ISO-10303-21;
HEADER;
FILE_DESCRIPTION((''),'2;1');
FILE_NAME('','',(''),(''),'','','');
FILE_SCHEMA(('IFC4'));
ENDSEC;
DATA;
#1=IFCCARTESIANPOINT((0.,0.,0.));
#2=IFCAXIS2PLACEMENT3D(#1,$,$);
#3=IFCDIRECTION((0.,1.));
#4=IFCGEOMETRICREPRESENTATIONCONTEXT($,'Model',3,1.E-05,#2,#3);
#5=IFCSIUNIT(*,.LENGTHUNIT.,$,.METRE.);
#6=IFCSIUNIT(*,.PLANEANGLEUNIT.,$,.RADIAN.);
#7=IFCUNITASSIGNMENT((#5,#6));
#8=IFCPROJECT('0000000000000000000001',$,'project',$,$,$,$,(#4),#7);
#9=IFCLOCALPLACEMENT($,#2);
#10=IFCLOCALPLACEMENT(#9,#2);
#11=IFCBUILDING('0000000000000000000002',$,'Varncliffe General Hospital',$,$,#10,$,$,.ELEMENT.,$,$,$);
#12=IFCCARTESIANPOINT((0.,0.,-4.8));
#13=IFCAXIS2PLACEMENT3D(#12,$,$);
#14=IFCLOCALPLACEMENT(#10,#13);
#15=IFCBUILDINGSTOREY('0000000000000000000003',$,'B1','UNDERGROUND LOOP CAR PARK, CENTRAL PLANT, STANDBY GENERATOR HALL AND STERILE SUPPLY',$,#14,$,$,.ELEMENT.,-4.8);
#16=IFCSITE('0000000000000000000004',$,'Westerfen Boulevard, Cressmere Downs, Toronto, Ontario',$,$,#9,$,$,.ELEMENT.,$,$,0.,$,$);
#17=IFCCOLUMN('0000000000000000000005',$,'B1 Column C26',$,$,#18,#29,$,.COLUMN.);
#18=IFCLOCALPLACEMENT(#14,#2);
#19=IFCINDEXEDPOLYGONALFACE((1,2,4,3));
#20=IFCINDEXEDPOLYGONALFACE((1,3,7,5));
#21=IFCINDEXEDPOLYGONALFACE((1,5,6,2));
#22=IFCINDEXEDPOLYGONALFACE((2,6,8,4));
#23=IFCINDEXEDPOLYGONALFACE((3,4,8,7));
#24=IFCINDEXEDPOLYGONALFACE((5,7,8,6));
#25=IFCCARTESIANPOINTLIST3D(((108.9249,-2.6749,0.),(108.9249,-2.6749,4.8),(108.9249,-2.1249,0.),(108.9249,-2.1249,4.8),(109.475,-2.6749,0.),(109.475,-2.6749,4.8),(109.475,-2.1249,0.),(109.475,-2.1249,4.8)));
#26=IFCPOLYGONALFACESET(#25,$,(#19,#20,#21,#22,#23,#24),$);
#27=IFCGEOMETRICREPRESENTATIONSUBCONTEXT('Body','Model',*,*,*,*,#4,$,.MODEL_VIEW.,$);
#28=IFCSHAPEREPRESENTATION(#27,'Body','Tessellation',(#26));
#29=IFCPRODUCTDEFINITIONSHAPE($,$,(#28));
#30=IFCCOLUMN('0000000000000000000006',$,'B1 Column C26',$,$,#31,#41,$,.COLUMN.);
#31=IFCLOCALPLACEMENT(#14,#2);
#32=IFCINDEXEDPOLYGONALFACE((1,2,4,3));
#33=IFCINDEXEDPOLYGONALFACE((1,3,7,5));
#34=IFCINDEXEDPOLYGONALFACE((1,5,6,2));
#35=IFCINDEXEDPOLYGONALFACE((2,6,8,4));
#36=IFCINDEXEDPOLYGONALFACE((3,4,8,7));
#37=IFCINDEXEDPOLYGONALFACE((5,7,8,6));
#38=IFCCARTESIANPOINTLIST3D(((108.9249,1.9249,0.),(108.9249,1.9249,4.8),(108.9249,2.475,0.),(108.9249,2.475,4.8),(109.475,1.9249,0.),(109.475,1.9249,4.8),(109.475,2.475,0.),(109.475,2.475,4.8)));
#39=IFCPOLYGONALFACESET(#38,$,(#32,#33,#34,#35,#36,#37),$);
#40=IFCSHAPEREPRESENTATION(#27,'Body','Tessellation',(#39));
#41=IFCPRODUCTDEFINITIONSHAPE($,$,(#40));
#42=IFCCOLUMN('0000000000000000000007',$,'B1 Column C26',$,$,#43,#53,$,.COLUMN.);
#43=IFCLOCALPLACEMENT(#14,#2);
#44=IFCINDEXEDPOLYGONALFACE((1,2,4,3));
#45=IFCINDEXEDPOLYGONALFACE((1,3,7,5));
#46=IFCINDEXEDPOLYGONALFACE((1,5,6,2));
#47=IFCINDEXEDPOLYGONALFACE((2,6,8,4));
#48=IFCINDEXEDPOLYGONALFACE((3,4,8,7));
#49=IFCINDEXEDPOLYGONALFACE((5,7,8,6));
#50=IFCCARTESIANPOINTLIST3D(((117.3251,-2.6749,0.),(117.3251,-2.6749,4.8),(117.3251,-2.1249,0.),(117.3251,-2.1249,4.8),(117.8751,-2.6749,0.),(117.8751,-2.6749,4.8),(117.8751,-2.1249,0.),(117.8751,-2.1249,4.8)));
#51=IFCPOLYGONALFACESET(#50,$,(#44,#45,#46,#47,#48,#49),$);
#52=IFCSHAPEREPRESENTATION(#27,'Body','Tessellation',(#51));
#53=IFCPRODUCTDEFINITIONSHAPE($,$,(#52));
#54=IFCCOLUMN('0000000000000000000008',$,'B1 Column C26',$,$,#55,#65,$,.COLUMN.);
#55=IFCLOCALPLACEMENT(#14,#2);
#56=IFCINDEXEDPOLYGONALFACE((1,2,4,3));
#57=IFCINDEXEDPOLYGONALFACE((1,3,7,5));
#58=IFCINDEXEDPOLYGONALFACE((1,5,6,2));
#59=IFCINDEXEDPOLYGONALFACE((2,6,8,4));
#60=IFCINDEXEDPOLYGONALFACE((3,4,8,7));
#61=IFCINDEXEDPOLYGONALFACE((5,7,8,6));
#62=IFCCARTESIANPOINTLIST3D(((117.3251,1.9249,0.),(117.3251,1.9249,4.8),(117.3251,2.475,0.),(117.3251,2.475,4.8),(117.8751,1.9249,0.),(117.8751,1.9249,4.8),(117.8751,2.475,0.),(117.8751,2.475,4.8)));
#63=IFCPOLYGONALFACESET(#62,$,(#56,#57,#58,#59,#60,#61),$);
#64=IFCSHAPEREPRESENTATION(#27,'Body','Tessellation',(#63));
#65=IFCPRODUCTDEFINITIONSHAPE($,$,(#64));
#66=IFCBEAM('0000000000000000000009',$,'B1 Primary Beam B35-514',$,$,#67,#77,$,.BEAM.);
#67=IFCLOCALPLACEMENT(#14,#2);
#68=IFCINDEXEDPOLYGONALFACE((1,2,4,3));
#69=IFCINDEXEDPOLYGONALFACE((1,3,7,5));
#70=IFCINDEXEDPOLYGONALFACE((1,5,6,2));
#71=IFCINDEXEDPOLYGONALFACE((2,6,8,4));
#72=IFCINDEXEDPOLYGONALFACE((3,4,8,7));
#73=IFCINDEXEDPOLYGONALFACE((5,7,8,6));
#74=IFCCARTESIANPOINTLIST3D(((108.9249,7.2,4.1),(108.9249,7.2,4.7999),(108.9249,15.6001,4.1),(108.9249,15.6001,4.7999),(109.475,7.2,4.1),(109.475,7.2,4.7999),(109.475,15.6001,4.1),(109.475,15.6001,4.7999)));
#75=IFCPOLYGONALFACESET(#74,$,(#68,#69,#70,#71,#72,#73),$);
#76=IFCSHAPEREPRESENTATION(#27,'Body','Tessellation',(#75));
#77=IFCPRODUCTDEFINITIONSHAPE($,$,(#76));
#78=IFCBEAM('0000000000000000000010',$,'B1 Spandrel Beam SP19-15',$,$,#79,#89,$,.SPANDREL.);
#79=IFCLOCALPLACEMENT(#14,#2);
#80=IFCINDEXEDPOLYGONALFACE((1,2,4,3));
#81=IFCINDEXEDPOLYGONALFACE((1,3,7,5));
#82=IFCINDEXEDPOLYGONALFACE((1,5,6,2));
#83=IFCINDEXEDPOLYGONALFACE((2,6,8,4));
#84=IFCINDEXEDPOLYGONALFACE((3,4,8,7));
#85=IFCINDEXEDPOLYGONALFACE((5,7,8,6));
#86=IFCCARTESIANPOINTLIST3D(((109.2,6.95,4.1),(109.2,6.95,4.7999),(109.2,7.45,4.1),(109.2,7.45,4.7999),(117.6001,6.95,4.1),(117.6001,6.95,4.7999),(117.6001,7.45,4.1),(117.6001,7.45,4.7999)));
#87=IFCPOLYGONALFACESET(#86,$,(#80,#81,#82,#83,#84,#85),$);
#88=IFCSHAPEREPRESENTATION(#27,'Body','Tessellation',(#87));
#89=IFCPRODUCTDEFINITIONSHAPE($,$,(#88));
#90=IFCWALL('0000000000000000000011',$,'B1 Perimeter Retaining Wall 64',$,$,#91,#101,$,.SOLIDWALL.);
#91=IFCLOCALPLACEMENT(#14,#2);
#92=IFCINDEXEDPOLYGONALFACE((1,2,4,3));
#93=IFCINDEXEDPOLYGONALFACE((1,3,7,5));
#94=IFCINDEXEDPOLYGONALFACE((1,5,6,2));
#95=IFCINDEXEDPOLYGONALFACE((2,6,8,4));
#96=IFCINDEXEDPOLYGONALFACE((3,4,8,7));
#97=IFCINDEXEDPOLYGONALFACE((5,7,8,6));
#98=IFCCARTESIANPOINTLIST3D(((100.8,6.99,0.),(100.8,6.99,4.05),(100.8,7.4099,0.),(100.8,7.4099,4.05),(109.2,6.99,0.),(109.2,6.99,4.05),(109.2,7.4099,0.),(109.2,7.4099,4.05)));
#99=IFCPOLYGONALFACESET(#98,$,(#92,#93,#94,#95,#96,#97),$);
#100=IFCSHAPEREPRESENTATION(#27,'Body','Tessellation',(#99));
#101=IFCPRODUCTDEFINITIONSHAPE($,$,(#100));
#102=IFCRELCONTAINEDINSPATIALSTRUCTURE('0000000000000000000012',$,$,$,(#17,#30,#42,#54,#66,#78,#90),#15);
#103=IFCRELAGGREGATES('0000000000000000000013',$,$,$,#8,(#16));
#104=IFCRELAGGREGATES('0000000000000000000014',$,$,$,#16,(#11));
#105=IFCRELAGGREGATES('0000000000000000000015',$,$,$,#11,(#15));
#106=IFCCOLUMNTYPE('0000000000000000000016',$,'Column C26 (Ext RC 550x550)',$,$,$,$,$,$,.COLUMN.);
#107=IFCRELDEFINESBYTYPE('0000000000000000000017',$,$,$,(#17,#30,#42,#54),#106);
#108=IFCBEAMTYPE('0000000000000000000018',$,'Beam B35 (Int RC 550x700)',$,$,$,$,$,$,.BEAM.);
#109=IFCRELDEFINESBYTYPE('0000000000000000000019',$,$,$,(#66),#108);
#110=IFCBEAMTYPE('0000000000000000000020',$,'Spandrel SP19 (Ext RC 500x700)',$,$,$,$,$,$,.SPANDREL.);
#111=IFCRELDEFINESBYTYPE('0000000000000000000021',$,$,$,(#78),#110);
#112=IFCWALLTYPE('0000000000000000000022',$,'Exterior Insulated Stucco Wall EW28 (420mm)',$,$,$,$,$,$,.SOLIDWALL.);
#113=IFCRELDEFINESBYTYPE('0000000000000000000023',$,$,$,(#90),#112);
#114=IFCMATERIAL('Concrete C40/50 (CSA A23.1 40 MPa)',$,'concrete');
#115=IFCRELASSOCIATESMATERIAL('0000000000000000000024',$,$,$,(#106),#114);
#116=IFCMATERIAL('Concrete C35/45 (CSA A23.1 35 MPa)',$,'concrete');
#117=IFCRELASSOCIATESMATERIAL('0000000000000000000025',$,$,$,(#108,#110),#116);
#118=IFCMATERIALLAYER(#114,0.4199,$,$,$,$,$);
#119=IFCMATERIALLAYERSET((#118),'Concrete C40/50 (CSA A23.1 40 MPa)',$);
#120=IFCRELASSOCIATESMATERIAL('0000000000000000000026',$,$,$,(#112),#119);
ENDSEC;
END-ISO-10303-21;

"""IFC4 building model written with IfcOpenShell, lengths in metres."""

from ifc_helpers import new_model, si_unit, direction, frame, frame_2d, origin, origin_2d, place, context, subcontext, project, spatial, rectangle, extrude, material, layer, layer_set, material_profile, profile_set, type_object, element, save


model = new_model("IFC4")

# Units and contexts
model_context = context("Model", 3, precision=1e-05, world=origin(), true_north=direction((0.0, 1.0)))
body_context = subcontext(model_context, "Body", "Model", "MODEL_VIEW")
ifc_project = project(units=[si_unit("LENGTHUNIT", "METRE"), si_unit("PLANEANGLEUNIT", "RADIAN")], contexts=[model_context])

# Site, building, storey
site_placement = place(None, origin())
site = spatial("IfcSite", under=ifc_project, at=site_placement, Name="Westerfen Boulevard, Cressmere Downs, Toronto, Ontario", CompositionType="ELEMENT", RefElevation=0.0)
building_placement = place(site_placement, origin())
building = spatial("IfcBuilding", under=site, at=building_placement, Name="Varncliffe General Hospital", CompositionType="ELEMENT")
storey_placement = place(building_placement, frame((0.0, 0.0, -4.8)))
storey = spatial("IfcBuildingStorey", under=building, at=storey_placement, Name="B1", Description="UNDERGROUND LOOP CAR PARK, CENTRAL PLANT, STANDBY GENERATOR HALL AND STERILE SUPPLY", CompositionType="ELEMENT", Elevation=-4.8)

# Shared definitions
ifc_material_1 = material(Name="Concrete C40/50 (CSA A23.1 40 MPa)", Category="concrete")

# Columns
ifc_material_profile_1 = material_profile(ifc_material_1, rectangle(XDim=0.55, YDim=0.55, at=origin_2d()), Name="RC 550x550")
ifc_profile_set_1 = profile_set([ifc_material_profile_1], Name="Concrete C40/50 (CSA A23.1 40 MPa)")
column_type_1 = type_object("IfcColumnType", Name="Column C26 (Ext RC 550x550)", PredefinedType="COLUMN", material=ifc_profile_set_1)
for number, where, z_axis, x_axis, name in (
    (1, (109.2, -2.3999, 0.0), (0.0, 0.0, 1.0), (1.0, 0.0, 0.0), "B1 Column C26"),
    (2, (109.2, 2.2, 0.0), (0.0, 0.0, 1.0), (1.0, 0.0, 0.0), "B1 Column C26"),
    (3, (117.6001, -2.3999, 0.0), (0.0, 0.0, 1.0), (1.0, 0.0, 0.0), "B1 Column C26"),
    (4, (117.6001, 2.2, 0.0), (0.0, 0.0, 1.0), (1.0, 0.0, 0.0), "B1 Column C26"),
):
    element("IfcColumn", number, at=place(storey_placement, frame(where, z_axis=z_axis, x_axis=x_axis)), inside=storey, type_object=column_type_1, Name=name, PredefinedType="COLUMN", context=body_context, shape_type="SweptSolid", body=[
        extrude(rectangle(XDim=0.55, YDim=0.55, at=origin_2d()), origin(), (0.0, 0.0, 1.0), 4.8),
    ])

# Beams
ifc_material_2 = material(Name="Concrete C35/45 (CSA A23.1 35 MPa)", Category="concrete")
ifc_material_profile_2 = material_profile(ifc_material_2, rectangle(XDim=0.55, YDim=0.7, at=origin_2d()), Name="RC 550x700")
ifc_profile_set_2 = profile_set([ifc_material_profile_2], Name="Concrete C35/45 (CSA A23.1 35 MPa)")
beam_type_1 = type_object("IfcBeamType", Name="Beam B35 (Int RC 550x700)", PredefinedType="BEAM", material=ifc_profile_set_2)
beam_1_placement = place(storey_placement, frame((109.2, 7.2, 4.45), z_axis=(0.0, 1.0, 0.0), x_axis=(-1.0, 0.0, 0.0)))
element("IfcBeam", 5, at=beam_1_placement, inside=storey, type_object=beam_type_1, Name="B1 Primary Beam B35-514", PredefinedType="BEAM", context=body_context, shape_type="SweptSolid", body=[
    extrude(rectangle(XDim=0.55, YDim=0.7, at=origin_2d()), origin(), (0.0, 0.0, 1.0), 8.4001),
])
ifc_material_profile_3 = material_profile(ifc_material_2, rectangle(XDim=0.5, YDim=0.7, at=origin_2d()), Name="RC 500x700")
ifc_profile_set_3 = profile_set([ifc_material_profile_3], Name="Concrete C35/45 (CSA A23.1 35 MPa)")
beam_type_2 = type_object("IfcBeamType", Name="Spandrel SP19 (Ext RC 500x700)", PredefinedType="SPANDREL", material=ifc_profile_set_3)
beam_2_placement = place(storey_placement, frame((109.2, 7.2, 4.45), z_axis=(1.0, 0.0, 0.0), x_axis=(0.0, 1.0, 0.0)))
element("IfcBeam", 6, at=beam_2_placement, inside=storey, type_object=beam_type_2, Name="B1 Spandrel Beam SP19-15", PredefinedType="SPANDREL", context=body_context, shape_type="SweptSolid", body=[
    extrude(rectangle(XDim=0.5, YDim=0.7, at=origin_2d()), origin(), (0.0, 0.0, 1.0), 8.4001),
])

# Wall
ifc_layer = layer(ifc_material_1, 0.4199)
ifc_layer_set = layer_set([ifc_layer], Name="Concrete C40/50 (CSA A23.1 40 MPa)")
wall_type = type_object("IfcWallType", Name="Exterior Insulated Stucco Wall EW28 (420mm)", PredefinedType="SOLIDWALL", material=ifc_layer_set)
wall_placement = place(storey_placement, frame((109.2, 7.2, 0.0), z_axis=(0.0, 0.0, 1.0), x_axis=(-1.0, 0.0, 0.0)))
element("IfcWall", 7, at=wall_placement, inside=storey, type_object=wall_type, Name="B1 Perimeter Retaining Wall 64", PredefinedType="SOLIDWALL", context=body_context, shape_type="SweptSolid", body=[
    extrude(rectangle(XDim=8.3999, YDim=0.4199, at=frame_2d((4.2, 0.0))), origin(), (0.0, 0.0, 1.0), 4.05),
])

save(model, "model.ifc")
